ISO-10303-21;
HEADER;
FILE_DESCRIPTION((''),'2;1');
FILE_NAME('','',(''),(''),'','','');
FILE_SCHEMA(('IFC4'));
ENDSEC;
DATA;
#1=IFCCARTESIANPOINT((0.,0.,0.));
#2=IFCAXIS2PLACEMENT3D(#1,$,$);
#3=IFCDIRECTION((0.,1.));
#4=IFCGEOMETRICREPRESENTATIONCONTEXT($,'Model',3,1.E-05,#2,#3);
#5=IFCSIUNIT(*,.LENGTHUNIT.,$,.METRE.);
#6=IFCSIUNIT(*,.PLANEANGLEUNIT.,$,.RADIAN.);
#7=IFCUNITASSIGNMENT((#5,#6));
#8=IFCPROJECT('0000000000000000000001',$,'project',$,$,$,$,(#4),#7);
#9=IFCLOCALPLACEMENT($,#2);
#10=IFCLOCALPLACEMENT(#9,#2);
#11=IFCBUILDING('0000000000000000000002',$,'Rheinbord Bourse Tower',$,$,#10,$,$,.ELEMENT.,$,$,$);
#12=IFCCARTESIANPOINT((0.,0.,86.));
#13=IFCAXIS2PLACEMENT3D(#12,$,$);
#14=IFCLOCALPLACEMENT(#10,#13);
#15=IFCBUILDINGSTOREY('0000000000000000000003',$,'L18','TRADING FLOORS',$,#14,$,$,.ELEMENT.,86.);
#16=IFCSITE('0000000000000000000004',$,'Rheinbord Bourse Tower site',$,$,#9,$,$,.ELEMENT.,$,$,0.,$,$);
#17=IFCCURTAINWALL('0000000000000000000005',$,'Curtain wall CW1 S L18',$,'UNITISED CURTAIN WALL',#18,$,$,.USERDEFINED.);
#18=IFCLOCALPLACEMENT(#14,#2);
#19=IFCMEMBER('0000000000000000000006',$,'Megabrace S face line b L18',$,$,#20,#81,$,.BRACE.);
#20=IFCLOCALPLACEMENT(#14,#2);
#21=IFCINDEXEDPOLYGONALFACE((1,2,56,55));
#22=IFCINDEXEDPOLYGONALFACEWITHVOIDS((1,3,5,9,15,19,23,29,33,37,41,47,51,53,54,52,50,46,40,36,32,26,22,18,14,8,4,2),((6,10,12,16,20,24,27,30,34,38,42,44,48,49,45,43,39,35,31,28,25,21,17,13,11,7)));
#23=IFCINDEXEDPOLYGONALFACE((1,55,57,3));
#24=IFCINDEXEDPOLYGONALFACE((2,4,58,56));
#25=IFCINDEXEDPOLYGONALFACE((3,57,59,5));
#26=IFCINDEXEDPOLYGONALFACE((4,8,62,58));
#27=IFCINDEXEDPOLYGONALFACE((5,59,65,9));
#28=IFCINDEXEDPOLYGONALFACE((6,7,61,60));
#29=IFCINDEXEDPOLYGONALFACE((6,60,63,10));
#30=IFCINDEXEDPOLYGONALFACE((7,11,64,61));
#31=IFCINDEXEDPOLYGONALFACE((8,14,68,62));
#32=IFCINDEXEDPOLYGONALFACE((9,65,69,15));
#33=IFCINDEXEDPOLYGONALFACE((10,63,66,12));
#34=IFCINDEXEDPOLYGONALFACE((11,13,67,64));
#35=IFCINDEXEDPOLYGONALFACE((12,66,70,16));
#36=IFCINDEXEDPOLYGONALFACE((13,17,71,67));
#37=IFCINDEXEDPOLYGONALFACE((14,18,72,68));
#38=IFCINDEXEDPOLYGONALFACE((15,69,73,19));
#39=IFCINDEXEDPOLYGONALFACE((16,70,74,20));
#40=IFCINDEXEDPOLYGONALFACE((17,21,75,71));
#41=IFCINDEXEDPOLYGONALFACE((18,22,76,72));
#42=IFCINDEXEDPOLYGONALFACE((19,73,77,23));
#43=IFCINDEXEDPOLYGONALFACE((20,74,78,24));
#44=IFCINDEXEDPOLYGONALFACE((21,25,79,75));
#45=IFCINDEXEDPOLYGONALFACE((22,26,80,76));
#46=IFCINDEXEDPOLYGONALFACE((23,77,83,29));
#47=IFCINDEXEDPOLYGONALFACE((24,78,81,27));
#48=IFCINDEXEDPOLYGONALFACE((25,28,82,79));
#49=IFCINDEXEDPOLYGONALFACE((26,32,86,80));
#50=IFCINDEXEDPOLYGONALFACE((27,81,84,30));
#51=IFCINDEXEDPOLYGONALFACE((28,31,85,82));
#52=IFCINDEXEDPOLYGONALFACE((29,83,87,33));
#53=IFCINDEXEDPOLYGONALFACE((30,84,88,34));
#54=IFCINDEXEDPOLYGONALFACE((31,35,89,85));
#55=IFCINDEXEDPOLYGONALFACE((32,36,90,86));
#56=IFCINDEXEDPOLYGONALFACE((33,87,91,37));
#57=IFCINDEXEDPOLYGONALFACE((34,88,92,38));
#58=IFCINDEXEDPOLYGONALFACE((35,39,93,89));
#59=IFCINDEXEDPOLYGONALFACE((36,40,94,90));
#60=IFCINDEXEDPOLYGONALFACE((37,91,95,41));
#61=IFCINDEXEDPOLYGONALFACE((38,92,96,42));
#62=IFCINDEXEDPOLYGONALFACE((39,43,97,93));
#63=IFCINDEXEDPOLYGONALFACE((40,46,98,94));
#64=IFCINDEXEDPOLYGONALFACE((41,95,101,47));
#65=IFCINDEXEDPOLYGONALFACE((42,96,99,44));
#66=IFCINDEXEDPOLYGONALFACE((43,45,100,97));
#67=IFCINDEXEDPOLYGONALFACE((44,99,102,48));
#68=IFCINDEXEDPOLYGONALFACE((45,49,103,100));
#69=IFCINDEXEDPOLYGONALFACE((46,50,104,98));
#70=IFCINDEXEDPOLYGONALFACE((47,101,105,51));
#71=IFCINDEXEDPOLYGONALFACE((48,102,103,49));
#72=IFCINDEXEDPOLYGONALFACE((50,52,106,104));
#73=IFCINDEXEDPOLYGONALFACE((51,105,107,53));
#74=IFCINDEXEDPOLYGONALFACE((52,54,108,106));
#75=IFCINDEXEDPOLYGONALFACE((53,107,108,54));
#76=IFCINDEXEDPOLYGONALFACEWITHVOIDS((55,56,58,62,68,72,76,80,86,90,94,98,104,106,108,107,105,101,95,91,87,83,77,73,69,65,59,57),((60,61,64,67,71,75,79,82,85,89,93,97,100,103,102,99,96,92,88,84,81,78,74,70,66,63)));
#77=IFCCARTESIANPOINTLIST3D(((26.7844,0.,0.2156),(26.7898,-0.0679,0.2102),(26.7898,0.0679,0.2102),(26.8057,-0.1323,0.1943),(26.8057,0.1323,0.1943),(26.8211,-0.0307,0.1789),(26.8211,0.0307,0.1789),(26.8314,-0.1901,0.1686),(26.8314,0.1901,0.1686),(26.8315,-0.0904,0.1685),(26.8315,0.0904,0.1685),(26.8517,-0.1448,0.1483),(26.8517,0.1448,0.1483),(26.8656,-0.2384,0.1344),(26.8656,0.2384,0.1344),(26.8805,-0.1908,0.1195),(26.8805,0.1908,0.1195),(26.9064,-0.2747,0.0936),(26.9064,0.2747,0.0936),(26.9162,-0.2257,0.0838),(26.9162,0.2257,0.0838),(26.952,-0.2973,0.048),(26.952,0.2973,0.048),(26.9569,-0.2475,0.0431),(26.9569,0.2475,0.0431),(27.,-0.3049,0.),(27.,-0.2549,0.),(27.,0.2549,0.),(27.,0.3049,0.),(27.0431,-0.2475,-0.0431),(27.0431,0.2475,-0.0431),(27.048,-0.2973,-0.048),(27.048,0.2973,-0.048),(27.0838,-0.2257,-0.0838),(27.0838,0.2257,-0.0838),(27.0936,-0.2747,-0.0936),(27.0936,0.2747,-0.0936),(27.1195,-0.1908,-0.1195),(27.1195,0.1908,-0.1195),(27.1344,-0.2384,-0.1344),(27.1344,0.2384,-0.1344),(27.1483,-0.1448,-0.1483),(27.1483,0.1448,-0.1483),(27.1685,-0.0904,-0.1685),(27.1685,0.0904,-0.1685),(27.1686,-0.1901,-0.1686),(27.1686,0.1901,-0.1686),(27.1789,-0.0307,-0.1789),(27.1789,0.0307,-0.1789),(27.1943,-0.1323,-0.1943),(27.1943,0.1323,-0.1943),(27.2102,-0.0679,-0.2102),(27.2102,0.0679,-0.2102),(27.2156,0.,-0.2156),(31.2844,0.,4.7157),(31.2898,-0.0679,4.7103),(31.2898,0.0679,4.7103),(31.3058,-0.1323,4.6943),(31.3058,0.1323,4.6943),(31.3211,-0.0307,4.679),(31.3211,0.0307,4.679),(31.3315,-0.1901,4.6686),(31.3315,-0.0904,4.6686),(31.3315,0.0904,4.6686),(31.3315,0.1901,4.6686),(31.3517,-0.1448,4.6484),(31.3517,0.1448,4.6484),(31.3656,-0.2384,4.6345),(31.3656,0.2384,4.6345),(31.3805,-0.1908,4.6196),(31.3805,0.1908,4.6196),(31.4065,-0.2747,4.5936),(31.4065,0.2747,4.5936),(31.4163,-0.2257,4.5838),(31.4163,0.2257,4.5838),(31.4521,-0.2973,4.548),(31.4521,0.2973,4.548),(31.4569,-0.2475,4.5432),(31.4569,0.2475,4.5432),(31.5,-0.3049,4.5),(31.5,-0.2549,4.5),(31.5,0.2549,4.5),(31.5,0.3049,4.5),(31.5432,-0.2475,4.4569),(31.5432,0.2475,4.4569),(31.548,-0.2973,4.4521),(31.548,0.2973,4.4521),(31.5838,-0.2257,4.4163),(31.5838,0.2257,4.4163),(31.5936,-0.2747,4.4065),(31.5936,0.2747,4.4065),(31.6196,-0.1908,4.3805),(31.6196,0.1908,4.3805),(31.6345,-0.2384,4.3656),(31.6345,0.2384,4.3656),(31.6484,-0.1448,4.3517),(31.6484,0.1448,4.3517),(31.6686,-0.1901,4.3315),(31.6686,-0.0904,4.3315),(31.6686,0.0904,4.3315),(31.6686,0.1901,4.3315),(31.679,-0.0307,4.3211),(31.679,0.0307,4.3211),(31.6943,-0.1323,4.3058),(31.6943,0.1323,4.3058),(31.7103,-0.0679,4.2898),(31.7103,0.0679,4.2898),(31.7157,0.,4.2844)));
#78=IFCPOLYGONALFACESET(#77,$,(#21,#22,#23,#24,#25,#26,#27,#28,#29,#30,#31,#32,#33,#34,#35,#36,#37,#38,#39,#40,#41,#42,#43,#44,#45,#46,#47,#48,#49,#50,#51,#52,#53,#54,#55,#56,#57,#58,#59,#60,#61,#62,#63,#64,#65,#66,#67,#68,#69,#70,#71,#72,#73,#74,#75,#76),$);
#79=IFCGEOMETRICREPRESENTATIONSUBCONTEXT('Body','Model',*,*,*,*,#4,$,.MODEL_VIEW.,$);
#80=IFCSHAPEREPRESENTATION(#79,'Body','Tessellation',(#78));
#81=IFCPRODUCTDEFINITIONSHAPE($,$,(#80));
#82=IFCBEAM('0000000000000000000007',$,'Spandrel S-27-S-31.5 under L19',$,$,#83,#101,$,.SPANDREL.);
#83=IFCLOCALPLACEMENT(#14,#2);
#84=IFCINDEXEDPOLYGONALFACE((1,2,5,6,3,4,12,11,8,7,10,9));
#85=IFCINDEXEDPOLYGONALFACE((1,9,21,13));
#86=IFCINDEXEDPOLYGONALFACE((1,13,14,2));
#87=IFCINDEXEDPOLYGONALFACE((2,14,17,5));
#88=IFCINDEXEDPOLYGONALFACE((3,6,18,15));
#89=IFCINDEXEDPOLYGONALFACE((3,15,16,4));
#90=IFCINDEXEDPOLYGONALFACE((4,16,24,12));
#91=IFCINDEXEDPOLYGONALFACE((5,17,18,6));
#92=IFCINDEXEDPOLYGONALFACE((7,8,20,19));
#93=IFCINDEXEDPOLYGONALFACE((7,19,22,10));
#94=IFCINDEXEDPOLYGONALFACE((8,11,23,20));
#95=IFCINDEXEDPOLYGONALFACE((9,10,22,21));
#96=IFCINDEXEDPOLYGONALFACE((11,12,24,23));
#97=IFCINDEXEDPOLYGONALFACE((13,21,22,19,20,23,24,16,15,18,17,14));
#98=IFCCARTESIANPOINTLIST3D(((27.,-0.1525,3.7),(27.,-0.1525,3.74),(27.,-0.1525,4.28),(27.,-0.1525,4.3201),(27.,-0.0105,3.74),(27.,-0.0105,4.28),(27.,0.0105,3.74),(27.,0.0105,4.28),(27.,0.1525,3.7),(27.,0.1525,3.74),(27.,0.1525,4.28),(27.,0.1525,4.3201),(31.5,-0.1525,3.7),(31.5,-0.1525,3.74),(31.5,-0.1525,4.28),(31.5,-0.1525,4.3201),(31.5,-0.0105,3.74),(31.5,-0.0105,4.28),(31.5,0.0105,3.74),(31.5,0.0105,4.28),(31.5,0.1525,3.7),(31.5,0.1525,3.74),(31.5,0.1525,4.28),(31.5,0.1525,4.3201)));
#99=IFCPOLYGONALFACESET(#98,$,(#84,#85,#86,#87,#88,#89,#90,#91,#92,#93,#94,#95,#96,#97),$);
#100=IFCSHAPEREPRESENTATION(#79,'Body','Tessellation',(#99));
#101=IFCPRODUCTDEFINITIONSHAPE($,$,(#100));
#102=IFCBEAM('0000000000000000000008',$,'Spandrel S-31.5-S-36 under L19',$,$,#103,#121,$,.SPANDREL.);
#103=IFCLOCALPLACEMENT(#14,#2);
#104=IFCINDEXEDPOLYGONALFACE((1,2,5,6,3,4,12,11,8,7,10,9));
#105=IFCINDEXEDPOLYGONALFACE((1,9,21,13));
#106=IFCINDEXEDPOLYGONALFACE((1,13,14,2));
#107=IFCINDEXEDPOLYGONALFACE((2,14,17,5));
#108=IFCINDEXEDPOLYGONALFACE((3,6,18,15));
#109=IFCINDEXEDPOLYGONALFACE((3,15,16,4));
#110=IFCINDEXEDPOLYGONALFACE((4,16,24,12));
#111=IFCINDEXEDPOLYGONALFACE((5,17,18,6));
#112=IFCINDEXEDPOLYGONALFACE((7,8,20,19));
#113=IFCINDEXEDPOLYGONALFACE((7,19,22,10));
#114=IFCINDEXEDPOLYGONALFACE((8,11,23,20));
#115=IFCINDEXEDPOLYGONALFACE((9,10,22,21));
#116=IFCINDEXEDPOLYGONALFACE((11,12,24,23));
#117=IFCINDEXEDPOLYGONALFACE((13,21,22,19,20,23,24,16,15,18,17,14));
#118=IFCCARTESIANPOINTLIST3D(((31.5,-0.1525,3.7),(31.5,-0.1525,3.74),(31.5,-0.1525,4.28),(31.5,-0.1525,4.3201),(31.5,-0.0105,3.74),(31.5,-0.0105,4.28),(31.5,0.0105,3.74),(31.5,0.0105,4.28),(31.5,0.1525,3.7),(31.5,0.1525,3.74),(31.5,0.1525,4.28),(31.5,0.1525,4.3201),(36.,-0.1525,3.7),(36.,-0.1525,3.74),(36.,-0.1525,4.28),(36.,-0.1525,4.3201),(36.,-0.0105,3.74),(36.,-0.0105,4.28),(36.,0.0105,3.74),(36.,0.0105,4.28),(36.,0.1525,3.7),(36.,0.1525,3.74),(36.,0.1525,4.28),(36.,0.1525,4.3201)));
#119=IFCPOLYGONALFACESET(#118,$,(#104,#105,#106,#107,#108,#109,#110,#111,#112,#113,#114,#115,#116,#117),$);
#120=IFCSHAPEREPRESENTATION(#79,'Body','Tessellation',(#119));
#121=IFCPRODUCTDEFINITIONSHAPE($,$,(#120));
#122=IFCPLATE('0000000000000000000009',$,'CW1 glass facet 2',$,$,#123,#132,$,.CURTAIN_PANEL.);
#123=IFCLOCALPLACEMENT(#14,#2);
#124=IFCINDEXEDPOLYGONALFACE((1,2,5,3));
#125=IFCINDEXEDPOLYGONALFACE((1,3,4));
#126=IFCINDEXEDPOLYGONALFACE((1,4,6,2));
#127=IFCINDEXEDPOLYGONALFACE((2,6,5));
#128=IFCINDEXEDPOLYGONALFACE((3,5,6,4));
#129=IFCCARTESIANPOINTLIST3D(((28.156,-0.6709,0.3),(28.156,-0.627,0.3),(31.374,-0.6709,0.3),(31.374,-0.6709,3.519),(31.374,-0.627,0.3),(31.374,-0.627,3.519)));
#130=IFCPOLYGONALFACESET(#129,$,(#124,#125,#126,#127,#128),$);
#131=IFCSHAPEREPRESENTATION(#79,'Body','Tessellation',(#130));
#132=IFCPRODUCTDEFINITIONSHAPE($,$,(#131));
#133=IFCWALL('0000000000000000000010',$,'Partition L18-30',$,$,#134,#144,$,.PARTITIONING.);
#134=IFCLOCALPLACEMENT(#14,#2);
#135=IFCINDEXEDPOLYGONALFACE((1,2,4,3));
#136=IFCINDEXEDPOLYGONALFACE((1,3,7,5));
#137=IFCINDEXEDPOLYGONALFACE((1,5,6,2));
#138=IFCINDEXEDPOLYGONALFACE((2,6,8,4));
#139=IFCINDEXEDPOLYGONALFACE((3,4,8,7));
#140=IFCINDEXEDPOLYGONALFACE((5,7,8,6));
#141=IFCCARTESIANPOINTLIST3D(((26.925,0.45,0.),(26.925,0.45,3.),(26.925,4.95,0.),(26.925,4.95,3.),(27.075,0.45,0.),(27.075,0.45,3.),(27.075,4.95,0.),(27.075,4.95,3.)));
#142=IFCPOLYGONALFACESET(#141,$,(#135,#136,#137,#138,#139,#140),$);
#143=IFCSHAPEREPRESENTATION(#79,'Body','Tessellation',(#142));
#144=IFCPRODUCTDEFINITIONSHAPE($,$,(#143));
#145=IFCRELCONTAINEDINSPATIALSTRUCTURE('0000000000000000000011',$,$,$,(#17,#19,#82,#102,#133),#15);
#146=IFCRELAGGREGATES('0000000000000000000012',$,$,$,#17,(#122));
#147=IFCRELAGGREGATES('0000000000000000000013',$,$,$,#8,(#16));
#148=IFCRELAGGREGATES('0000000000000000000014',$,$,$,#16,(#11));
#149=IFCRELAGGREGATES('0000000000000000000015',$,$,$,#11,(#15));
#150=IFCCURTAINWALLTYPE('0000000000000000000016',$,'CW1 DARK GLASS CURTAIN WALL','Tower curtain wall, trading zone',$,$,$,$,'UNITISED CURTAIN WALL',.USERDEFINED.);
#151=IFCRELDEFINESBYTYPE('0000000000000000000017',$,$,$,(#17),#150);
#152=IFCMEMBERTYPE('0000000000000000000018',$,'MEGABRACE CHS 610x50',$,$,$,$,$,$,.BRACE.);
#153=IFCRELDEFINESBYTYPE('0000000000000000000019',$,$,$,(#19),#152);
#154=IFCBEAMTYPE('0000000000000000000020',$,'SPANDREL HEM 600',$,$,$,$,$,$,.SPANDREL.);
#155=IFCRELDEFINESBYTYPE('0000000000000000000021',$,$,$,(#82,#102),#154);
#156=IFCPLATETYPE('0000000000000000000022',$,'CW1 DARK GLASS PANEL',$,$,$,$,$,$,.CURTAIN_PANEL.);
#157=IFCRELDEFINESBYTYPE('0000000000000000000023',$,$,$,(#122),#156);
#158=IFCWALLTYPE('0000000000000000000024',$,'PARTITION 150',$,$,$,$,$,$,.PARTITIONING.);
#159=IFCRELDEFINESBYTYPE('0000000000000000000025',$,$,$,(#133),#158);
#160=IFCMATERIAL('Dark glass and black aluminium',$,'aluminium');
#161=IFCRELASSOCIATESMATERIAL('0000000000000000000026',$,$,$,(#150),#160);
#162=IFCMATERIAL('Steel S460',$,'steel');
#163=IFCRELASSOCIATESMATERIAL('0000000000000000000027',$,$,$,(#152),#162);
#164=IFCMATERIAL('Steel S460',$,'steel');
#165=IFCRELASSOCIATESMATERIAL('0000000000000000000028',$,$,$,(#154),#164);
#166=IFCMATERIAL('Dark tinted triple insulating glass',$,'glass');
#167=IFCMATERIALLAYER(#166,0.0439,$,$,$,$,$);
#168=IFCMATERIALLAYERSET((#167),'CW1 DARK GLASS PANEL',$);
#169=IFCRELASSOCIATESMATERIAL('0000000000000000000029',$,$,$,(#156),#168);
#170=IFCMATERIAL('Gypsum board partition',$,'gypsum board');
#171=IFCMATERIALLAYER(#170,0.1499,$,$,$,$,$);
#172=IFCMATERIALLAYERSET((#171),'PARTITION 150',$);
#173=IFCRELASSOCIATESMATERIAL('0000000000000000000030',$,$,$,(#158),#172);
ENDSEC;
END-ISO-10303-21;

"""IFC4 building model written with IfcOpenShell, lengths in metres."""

from ifc_helpers import new_model, si_unit, direction, frame, frame_2d, origin, origin_2d, place, context, subcontext, project, spatial, polyline, rectangle, hollow_circle, i_section, outline, extrude, material, layer, layer_set, material_profile, profile_set, type_object, element, aggregate, save


model = new_model("IFC4")

# Units and contexts
model_context = context("Model", 3, precision=1e-05, world=origin(), true_north=direction((0.0, 1.0)))
body_context = subcontext(model_context, "Body", "Model", "MODEL_VIEW")
ifc_project = project(units=[si_unit("LENGTHUNIT", "METRE"), si_unit("PLANEANGLEUNIT", "RADIAN")], contexts=[model_context])

# Site, building, storey
site_placement = place(None, origin())
site = spatial("IfcSite", under=ifc_project, at=site_placement, Name="Rheinbord Bourse Tower site", CompositionType="ELEMENT", RefElevation=0.0)
building_placement = place(site_placement, origin())
building = spatial("IfcBuilding", under=site, at=building_placement, Name="Rheinbord Bourse Tower", CompositionType="ELEMENT")
storey_placement = place(building_placement, frame((0.0, 0.0, 86.0)))
storey = spatial("IfcBuildingStorey", under=building, at=storey_placement, Name="L18", Description="TRADING FLOORS", CompositionType="ELEMENT", Elevation=86.0)

# Curtain wall
ifc_material_1 = material(Name="Dark glass and black aluminium", Category="aluminium")
curtain_wall_type = type_object("IfcCurtainWallType", Name="CW1 DARK GLASS CURTAIN WALL", Description="Tower curtain wall, trading zone", ElementType="UNITISED CURTAIN WALL", PredefinedType="USERDEFINED", material=ifc_material_1)
curtain_wall_placement = place(storey_placement, origin())
curtain_wall = element("IfcCurtainWall", 1, at=curtain_wall_placement, inside=storey, type_object=curtain_wall_type, Name="Curtain wall CW1 S L18", ObjectType="UNITISED CURTAIN WALL", PredefinedType="USERDEFINED")

# Member
ifc_material_2 = material(Name="Steel S460", Category="steel")
ifc_material_profile_1 = material_profile(ifc_material_2, hollow_circle(Radius=0.3049, WallThickness=0.05, at=origin_2d()), Name="CHS 610x50")
ifc_profile_set_1 = profile_set([ifc_material_profile_1], Name="Steel S460")
member_type_1 = type_object("IfcMemberType", Name="MEGABRACE CHS 610x50", PredefinedType="BRACE", material=ifc_profile_set_1)
member_1_placement = place(storey_placement, frame((27.0, 0.0, 0.0), z_axis=(0.707107, 0.0, 0.707107), x_axis=(0.0, 1.0, 0.0)))
element("IfcMember", 2, at=member_1_placement, inside=storey, type_object=member_type_1, Name="Megabrace S face line b L18", PredefinedType="BRACE", context=body_context, shape_type="SweptSolid", body=[
    extrude(hollow_circle(Radius=0.3049, WallThickness=0.05, at=origin_2d()), origin(), (0.0, 0.0, 1.0), 6.364),
])

# Beams
ifc_material_3 = material(Name="Steel S460", Category="steel")
ifc_material_profile_2 = material_profile(ifc_material_3, i_section(OverallWidth=0.3049, OverallDepth=0.6201, WebThickness=0.021, FlangeThickness=0.04, at=origin_2d()), Name="HEM 600")
ifc_profile_set_2 = profile_set([ifc_material_profile_2], Name="Steel S460")
beam_type_1 = type_object("IfcBeamType", Name="SPANDREL HEM 600", PredefinedType="SPANDREL", material=ifc_profile_set_2)
for number, where, z_axis, x_axis, name in (
    (3, (27.0, 0.0, 4.01), (1.0, 0.0, 0.0), (0.0, 1.0, 0.0), "Spandrel S-27-S-31.5 under L19"),
    (4, (31.5, 0.0, 4.01), (1.0, 0.0, 0.0), (0.0, 1.0, 0.0), "Spandrel S-31.5-S-36 under L19"),
):
    element("IfcBeam", number, at=place(storey_placement, frame(where, z_axis=z_axis, x_axis=x_axis)), inside=storey, type_object=beam_type_1, Name=name, PredefinedType="SPANDREL", context=body_context, shape_type="SweptSolid", body=[
        extrude(i_section(OverallWidth=0.3049, OverallDepth=0.6201, WebThickness=0.021, FlangeThickness=0.04, at=origin_2d()), origin(), (0.0, 0.0, 1.0), 4.5),
    ])

# Plate
ifc_material_4 = material(Name="Dark tinted triple insulating glass", Category="glass")
ifc_layer_1 = layer(ifc_material_4, 0.0439)
ifc_layer_set_1 = layer_set([ifc_layer_1], Name="CW1 DARK GLASS PANEL")
plate_type = type_object("IfcPlateType", Name="CW1 DARK GLASS PANEL", PredefinedType="CURTAIN_PANEL", material=ifc_layer_set_1)
plate_placement = place(storey_placement, frame((31.374, -0.6709, 0.3), z_axis=(0.0, 1.0, 0.0), x_axis=(-1.0, 0.0, 0.0)))
plate = element("IfcPlate", 5, at=plate_placement, type_object=plate_type, Name="CW1 glass facet 2", PredefinedType="CURTAIN_PANEL", context=body_context, shape_type="SweptSolid", body=[
    extrude(outline(polyline([(0.0, 0.0), (3.218, 0.0), (0.0, 3.219), (0.0, 0.0)])), origin(), (0.0, 0.0, 1.0), 0.0439),
])
aggregate(curtain_wall, [plate])

# Wall
ifc_material_5 = material(Name="Gypsum board partition", Category="gypsum board")
ifc_layer_2 = layer(ifc_material_5, 0.1499)
ifc_layer_set_2 = layer_set([ifc_layer_2], Name="PARTITION 150")
wall_type = type_object("IfcWallType", Name="PARTITION 150", PredefinedType="PARTITIONING", material=ifc_layer_set_2)
wall_placement = place(storey_placement, frame((27.0, 0.45, 0.0), z_axis=(0.0, 0.0, 1.0), x_axis=(0.0, 1.0, 0.0)))
element("IfcWall", 6, at=wall_placement, inside=storey, type_object=wall_type, Name="Partition L18-30", PredefinedType="PARTITIONING", context=body_context, shape_type="SweptSolid", body=[
    extrude(rectangle(XDim=4.5, YDim=0.1499, at=frame_2d((2.25, 0.0))), origin(), (0.0, 0.0, 1.0), 3.0),
])

save(model, "model.ifc")
